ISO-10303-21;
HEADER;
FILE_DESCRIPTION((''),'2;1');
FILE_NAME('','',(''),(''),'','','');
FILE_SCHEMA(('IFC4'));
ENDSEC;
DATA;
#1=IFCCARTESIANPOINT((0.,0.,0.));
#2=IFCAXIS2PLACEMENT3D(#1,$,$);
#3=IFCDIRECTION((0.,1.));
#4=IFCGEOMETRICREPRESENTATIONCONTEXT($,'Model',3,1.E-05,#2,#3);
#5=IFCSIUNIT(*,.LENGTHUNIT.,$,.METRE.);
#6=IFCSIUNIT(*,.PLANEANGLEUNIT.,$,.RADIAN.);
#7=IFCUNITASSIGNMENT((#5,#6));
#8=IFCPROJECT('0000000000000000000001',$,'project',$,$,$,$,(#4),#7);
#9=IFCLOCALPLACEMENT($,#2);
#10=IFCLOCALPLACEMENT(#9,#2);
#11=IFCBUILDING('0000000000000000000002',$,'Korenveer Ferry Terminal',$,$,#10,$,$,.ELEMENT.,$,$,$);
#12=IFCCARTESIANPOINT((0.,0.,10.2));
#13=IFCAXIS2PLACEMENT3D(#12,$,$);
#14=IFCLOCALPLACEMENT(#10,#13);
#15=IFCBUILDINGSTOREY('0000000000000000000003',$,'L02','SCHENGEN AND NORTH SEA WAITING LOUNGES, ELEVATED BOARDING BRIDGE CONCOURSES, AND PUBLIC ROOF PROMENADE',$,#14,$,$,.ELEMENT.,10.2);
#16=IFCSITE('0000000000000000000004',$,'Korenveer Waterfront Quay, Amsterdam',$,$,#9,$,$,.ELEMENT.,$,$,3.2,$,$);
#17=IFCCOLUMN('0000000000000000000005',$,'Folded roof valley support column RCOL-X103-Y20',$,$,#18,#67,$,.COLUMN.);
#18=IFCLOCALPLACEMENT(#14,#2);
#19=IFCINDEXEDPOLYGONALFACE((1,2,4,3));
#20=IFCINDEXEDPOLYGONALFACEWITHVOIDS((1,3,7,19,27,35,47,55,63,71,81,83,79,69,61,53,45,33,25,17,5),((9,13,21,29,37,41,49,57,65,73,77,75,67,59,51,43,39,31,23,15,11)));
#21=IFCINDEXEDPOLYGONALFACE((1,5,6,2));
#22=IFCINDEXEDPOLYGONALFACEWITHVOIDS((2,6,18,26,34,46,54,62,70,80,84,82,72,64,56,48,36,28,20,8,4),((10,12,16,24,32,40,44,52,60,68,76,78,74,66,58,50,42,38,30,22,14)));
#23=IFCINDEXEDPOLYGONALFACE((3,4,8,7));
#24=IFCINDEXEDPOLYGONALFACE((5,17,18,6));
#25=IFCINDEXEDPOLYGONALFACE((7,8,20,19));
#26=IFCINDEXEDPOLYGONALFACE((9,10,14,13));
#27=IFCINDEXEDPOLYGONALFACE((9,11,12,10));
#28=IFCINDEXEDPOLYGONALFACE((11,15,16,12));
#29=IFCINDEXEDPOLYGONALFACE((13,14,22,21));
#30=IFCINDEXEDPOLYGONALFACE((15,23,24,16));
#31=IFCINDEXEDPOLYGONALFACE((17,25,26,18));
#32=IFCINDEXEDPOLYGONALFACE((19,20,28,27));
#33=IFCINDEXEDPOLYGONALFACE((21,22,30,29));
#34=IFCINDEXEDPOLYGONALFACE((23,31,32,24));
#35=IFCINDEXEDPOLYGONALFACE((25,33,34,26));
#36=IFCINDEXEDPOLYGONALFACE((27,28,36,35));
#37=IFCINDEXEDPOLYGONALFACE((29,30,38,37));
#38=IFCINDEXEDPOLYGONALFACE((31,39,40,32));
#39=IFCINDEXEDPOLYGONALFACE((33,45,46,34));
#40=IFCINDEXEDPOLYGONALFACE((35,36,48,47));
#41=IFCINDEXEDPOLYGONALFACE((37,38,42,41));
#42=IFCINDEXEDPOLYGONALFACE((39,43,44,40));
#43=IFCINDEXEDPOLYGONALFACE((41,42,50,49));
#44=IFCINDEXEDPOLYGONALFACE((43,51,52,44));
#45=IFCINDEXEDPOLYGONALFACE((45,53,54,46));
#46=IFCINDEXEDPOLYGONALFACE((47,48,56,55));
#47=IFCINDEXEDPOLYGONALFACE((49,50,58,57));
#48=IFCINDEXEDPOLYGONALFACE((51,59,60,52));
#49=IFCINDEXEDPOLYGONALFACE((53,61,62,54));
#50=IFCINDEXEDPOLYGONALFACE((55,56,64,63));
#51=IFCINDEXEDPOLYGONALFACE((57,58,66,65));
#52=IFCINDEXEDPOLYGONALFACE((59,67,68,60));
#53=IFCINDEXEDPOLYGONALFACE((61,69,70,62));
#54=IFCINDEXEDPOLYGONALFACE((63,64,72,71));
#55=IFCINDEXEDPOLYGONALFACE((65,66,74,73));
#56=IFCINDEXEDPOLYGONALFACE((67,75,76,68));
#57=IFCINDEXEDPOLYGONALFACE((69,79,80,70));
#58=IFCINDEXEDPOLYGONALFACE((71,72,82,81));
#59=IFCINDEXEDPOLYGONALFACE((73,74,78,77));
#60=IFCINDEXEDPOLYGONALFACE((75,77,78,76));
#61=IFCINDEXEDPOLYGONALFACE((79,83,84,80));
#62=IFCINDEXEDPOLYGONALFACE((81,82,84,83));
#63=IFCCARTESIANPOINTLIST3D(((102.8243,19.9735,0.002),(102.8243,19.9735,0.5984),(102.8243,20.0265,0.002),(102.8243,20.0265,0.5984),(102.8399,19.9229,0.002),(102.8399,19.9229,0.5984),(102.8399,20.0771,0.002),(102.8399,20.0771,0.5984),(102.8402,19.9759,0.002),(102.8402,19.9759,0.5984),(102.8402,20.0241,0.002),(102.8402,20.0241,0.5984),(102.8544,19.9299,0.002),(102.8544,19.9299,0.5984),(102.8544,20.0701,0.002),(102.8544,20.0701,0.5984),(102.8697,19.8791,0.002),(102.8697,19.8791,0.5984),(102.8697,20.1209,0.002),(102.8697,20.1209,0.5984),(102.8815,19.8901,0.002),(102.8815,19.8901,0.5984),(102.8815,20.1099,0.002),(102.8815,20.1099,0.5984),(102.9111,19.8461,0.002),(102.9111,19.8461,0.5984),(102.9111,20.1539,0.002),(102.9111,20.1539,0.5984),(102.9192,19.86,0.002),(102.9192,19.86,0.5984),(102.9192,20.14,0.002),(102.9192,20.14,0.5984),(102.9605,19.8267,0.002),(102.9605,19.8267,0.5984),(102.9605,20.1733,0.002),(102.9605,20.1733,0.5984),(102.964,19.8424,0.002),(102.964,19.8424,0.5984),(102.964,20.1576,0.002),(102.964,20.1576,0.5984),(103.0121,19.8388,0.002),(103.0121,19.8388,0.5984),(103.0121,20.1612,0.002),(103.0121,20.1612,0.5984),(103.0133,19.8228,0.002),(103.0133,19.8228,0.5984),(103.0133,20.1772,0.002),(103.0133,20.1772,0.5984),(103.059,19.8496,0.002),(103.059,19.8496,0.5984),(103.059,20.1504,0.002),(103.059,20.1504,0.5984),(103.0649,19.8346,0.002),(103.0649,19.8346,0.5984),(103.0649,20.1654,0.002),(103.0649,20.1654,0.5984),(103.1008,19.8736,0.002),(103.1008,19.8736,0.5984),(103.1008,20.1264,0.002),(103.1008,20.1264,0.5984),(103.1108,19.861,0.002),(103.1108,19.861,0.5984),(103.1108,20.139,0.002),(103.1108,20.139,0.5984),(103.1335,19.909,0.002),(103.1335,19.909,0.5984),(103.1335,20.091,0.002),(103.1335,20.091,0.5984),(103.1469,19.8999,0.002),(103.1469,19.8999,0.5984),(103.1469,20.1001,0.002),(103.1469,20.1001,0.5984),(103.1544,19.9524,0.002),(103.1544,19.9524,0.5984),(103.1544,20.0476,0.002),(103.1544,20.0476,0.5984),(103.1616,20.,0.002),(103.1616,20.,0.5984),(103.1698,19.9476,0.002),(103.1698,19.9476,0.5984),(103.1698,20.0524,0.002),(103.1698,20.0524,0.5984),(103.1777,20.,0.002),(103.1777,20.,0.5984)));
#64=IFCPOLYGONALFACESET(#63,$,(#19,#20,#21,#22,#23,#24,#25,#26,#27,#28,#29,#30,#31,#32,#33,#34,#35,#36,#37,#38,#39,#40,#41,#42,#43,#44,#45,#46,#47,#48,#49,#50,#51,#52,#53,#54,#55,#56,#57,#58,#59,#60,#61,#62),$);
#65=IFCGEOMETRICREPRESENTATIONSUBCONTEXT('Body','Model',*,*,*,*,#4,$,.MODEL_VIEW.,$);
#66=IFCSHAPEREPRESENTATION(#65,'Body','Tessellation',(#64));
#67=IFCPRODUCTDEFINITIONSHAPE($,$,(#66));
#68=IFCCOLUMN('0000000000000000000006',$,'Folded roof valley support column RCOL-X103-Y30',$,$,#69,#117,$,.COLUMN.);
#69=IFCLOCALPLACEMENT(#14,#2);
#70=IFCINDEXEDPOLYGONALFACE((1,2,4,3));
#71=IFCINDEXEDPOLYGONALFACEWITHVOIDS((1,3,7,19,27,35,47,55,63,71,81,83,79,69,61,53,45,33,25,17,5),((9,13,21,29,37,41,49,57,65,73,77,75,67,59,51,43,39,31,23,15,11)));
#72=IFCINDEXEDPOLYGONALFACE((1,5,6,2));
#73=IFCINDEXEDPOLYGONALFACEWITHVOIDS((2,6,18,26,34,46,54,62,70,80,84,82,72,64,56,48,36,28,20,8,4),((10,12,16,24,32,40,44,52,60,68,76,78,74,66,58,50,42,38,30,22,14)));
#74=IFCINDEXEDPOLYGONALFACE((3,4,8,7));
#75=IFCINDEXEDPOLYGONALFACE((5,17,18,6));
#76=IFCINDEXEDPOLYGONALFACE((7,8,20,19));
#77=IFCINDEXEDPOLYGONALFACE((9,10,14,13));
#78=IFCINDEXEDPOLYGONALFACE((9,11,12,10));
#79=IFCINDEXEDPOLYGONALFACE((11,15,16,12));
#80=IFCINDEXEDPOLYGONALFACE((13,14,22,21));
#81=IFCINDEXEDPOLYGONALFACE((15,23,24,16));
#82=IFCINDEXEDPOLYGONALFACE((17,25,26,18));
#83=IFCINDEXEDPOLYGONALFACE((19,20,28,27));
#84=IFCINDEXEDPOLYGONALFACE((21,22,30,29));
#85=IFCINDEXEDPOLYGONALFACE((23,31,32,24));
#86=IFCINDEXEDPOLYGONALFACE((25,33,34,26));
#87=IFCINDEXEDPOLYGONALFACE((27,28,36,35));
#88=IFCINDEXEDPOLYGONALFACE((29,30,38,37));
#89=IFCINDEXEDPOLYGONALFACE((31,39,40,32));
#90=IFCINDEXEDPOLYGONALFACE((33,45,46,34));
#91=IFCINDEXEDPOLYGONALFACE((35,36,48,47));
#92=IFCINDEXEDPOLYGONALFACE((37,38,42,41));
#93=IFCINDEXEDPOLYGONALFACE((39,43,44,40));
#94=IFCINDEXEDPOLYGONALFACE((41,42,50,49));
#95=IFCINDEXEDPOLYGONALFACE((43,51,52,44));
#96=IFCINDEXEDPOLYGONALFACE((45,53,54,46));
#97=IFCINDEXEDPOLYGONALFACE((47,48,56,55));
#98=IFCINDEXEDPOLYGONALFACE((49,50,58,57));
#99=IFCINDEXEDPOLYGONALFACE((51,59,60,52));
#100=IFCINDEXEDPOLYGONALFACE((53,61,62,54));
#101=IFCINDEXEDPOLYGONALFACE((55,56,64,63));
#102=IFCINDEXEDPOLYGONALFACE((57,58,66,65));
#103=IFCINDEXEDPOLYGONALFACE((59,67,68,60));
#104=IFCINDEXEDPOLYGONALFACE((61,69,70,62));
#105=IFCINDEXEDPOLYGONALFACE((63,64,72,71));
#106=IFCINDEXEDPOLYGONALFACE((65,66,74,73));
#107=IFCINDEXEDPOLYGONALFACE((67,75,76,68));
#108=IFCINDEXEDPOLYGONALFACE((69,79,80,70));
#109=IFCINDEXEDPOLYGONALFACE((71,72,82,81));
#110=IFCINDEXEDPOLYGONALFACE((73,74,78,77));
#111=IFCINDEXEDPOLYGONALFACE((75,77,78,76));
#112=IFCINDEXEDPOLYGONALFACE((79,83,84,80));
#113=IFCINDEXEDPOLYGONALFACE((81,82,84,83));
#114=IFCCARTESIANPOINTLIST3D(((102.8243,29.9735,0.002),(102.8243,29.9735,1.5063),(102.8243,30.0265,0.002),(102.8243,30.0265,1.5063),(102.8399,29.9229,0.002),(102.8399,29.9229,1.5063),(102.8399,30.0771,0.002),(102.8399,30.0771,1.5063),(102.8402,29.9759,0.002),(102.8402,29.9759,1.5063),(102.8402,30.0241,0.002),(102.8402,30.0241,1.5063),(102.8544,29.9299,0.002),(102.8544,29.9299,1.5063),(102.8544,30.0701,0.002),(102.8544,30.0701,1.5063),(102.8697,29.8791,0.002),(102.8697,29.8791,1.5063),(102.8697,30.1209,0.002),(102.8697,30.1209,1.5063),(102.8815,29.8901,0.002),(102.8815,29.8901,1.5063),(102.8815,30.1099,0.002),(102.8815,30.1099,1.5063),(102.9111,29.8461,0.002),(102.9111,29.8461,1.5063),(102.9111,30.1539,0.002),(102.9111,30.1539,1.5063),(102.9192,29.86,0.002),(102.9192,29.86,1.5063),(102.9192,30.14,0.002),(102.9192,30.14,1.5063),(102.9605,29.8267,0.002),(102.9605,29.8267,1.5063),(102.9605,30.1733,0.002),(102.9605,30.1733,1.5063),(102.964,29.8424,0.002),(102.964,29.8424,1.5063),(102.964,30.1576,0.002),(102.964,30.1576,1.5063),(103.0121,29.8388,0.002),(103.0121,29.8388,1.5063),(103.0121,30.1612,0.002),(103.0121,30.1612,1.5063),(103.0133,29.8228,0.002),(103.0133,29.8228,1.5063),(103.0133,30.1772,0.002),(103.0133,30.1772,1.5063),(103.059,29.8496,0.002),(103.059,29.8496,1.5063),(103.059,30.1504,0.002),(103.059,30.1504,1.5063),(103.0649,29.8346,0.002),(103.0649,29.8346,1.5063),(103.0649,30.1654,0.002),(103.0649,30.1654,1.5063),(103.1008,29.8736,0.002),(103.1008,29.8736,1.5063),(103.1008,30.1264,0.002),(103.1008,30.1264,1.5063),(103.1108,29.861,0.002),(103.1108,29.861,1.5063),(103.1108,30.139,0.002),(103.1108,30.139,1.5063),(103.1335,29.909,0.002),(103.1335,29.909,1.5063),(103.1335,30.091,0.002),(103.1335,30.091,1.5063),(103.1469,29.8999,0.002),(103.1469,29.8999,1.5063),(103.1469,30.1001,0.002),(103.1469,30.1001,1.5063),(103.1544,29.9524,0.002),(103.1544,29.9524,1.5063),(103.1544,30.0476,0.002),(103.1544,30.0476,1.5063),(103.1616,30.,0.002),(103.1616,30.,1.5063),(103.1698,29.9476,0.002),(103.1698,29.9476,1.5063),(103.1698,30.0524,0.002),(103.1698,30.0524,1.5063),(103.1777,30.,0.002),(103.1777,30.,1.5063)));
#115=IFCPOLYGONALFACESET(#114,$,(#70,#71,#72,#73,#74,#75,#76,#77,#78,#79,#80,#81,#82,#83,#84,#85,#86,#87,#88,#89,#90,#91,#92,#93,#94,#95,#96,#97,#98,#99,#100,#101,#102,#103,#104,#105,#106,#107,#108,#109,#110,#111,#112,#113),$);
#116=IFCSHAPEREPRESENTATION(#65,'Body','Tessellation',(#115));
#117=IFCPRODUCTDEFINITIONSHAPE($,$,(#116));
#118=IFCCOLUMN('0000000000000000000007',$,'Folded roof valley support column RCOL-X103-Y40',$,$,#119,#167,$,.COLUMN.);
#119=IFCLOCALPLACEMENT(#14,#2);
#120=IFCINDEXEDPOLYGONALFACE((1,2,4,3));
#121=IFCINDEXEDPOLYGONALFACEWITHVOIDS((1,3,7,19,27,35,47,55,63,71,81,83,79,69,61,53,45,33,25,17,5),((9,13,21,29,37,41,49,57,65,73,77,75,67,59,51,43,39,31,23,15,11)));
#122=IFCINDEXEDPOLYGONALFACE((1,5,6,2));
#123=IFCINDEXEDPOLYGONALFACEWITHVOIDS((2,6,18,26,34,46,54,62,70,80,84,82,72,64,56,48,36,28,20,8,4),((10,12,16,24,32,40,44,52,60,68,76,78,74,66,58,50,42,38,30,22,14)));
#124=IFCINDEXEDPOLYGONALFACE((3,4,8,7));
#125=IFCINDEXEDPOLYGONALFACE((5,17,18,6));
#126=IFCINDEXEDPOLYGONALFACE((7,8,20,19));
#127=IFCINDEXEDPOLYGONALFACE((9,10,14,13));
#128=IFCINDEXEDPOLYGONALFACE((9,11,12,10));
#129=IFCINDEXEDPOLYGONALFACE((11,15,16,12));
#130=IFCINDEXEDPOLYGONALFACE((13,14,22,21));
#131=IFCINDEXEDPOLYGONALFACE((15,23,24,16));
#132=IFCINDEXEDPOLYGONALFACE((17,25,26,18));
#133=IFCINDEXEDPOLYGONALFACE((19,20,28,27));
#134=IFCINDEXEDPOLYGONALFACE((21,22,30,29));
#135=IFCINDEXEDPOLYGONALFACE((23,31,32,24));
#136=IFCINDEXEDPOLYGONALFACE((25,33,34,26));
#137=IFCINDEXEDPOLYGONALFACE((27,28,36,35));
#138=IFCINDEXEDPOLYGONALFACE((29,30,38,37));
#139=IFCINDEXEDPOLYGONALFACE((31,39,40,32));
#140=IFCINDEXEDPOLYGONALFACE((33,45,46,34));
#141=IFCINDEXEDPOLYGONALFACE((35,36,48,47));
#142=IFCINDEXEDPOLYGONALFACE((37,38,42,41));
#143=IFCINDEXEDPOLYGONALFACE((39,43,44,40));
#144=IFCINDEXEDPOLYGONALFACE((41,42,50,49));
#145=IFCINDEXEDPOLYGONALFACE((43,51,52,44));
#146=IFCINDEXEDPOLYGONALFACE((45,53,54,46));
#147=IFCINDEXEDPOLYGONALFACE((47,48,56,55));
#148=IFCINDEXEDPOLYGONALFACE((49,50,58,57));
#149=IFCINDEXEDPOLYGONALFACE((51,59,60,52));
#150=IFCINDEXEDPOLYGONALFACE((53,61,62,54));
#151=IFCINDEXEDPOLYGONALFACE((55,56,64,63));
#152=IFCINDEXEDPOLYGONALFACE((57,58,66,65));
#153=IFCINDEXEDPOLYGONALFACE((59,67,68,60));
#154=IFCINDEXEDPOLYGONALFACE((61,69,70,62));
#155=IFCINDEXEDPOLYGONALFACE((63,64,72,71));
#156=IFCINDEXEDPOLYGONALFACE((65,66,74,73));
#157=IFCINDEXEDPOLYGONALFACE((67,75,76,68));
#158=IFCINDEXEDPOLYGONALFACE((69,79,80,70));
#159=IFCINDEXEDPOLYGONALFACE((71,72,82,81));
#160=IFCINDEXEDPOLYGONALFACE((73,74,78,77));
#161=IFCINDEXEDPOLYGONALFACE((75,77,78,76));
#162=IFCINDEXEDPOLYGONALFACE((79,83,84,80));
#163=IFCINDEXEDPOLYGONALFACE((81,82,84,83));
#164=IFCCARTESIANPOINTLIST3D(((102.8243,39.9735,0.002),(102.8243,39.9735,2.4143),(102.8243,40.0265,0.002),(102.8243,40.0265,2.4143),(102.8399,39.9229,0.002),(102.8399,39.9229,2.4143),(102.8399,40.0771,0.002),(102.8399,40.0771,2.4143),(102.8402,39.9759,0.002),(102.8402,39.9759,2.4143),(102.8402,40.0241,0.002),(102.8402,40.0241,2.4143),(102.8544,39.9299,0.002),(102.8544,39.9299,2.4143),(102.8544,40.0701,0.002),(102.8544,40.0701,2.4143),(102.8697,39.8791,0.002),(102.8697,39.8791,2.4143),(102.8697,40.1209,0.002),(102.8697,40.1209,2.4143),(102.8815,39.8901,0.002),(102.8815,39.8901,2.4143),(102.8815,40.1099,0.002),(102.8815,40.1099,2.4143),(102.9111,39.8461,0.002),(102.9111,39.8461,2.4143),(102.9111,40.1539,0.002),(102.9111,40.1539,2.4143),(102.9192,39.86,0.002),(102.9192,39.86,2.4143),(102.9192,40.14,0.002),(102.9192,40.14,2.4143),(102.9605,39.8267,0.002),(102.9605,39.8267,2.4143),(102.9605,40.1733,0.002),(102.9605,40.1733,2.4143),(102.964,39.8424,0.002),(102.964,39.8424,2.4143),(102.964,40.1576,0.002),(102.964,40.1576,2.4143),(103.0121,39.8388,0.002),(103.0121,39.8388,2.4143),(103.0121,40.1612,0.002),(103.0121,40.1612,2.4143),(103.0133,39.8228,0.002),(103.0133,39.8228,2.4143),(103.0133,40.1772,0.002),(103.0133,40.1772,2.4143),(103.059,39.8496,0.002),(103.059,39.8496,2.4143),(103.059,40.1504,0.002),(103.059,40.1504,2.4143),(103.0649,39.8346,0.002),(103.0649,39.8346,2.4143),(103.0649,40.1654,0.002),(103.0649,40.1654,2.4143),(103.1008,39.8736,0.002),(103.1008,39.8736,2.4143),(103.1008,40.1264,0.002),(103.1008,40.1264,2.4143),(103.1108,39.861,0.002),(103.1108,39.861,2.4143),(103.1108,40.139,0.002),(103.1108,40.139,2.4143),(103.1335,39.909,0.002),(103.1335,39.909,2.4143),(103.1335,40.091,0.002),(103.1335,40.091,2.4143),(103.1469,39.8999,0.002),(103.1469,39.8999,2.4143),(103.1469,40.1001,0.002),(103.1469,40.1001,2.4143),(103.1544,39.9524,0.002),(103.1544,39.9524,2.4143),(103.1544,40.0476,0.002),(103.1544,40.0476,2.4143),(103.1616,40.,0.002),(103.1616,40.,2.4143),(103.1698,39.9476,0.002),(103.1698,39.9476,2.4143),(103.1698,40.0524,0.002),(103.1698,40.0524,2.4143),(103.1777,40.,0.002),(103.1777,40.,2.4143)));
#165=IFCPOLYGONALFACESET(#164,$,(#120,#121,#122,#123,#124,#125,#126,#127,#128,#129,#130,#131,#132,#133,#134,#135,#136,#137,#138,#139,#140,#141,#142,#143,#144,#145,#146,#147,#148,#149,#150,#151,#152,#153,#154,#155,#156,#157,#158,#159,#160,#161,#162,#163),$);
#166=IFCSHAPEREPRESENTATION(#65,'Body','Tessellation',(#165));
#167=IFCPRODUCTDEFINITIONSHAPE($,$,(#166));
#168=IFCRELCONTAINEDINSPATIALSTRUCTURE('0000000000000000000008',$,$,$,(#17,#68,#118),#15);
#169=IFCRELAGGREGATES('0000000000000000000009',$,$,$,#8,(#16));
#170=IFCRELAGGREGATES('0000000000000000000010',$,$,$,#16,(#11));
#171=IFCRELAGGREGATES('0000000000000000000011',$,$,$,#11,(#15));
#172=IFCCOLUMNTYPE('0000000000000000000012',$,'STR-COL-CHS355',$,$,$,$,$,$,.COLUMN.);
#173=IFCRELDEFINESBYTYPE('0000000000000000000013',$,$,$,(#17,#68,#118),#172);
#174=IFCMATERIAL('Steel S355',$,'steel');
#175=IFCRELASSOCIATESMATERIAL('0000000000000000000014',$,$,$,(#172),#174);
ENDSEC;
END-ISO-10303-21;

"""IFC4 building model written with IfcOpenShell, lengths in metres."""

from ifc_helpers import new_model, si_unit, direction, frame, origin, origin_2d, place, context, subcontext, project, spatial, hollow_circle, extrude, material, material_profile, profile_set, type_object, element, save


model = new_model("IFC4")

# Units and contexts
model_context = context("Model", 3, precision=1e-05, world=origin(), true_north=direction((0.0, 1.0)))
body_context = subcontext(model_context, "Body", "Model", "MODEL_VIEW")
ifc_project = project(units=[si_unit("LENGTHUNIT", "METRE"), si_unit("PLANEANGLEUNIT", "RADIAN")], contexts=[model_context])

# Site, building, storey
site_placement = place(None, origin())
site = spatial("IfcSite", under=ifc_project, at=site_placement, Name="Korenveer Waterfront Quay, Amsterdam", CompositionType="ELEMENT", RefElevation=3.2)
building_placement = place(site_placement, origin())
building = spatial("IfcBuilding", under=site, at=building_placement, Name="Korenveer Ferry Terminal", CompositionType="ELEMENT")
storey_placement = place(building_placement, frame((0.0, 0.0, 10.2)))
storey = spatial("IfcBuildingStorey", under=building, at=storey_placement, Name="L02", Description="SCHENGEN AND NORTH SEA WAITING LOUNGES, ELEVATED BOARDING BRIDGE CONCOURSES, AND PUBLIC ROOF PROMENADE", CompositionType="ELEMENT", Elevation=10.2)

# Columns
ifc_material_1 = material(Name="Steel S355", Category="steel")
ifc_material_profile_1 = material_profile(ifc_material_1, hollow_circle(Radius=0.1777, WallThickness=0.0161, at=origin_2d()), Name="CHS 355.6x16")
ifc_profile_set_1 = profile_set([ifc_material_profile_1], Name="Steel S355")
column_type_1 = type_object("IfcColumnType", Name="STR-COL-CHS355", PredefinedType="COLUMN", material=ifc_profile_set_1)
column_1_placement = place(storey_placement, frame((103.0, 20.0, 0.002), z_axis=(0.0, 0.0, 1.0), x_axis=(1.0, 0.0, 0.0)))
element("IfcColumn", 1, at=column_1_placement, inside=storey, type_object=column_type_1, Name="Folded roof valley support column RCOL-X103-Y20", PredefinedType="COLUMN", context=body_context, shape_type="SweptSolid", body=[
    extrude(hollow_circle(Radius=0.1777, WallThickness=0.0161, at=origin_2d()), origin(), (0.0, 0.0, 1.0), 0.5964),
])
column_2_placement = place(storey_placement, frame((103.0, 30.0, 0.002), z_axis=(0.0, 0.0, 1.0), x_axis=(1.0, 0.0, 0.0)))
element("IfcColumn", 2, at=column_2_placement, inside=storey, type_object=column_type_1, Name="Folded roof valley support column RCOL-X103-Y30", PredefinedType="COLUMN", context=body_context, shape_type="SweptSolid", body=[
    extrude(hollow_circle(Radius=0.1777, WallThickness=0.0161, at=origin_2d()), origin(), (0.0, 0.0, 1.0), 1.5044),
])
column_3_placement = place(storey_placement, frame((103.0, 40.0, 0.002), z_axis=(0.0, 0.0, 1.0), x_axis=(1.0, 0.0, 0.0)))
element("IfcColumn", 3, at=column_3_placement, inside=storey, type_object=column_type_1, Name="Folded roof valley support column RCOL-X103-Y40", PredefinedType="COLUMN", context=body_context, shape_type="SweptSolid", body=[
    extrude(hollow_circle(Radius=0.1777, WallThickness=0.0161, at=origin_2d()), origin(), (0.0, 0.0, 1.0), 2.4124),
])

save(model, "model.ifc")
